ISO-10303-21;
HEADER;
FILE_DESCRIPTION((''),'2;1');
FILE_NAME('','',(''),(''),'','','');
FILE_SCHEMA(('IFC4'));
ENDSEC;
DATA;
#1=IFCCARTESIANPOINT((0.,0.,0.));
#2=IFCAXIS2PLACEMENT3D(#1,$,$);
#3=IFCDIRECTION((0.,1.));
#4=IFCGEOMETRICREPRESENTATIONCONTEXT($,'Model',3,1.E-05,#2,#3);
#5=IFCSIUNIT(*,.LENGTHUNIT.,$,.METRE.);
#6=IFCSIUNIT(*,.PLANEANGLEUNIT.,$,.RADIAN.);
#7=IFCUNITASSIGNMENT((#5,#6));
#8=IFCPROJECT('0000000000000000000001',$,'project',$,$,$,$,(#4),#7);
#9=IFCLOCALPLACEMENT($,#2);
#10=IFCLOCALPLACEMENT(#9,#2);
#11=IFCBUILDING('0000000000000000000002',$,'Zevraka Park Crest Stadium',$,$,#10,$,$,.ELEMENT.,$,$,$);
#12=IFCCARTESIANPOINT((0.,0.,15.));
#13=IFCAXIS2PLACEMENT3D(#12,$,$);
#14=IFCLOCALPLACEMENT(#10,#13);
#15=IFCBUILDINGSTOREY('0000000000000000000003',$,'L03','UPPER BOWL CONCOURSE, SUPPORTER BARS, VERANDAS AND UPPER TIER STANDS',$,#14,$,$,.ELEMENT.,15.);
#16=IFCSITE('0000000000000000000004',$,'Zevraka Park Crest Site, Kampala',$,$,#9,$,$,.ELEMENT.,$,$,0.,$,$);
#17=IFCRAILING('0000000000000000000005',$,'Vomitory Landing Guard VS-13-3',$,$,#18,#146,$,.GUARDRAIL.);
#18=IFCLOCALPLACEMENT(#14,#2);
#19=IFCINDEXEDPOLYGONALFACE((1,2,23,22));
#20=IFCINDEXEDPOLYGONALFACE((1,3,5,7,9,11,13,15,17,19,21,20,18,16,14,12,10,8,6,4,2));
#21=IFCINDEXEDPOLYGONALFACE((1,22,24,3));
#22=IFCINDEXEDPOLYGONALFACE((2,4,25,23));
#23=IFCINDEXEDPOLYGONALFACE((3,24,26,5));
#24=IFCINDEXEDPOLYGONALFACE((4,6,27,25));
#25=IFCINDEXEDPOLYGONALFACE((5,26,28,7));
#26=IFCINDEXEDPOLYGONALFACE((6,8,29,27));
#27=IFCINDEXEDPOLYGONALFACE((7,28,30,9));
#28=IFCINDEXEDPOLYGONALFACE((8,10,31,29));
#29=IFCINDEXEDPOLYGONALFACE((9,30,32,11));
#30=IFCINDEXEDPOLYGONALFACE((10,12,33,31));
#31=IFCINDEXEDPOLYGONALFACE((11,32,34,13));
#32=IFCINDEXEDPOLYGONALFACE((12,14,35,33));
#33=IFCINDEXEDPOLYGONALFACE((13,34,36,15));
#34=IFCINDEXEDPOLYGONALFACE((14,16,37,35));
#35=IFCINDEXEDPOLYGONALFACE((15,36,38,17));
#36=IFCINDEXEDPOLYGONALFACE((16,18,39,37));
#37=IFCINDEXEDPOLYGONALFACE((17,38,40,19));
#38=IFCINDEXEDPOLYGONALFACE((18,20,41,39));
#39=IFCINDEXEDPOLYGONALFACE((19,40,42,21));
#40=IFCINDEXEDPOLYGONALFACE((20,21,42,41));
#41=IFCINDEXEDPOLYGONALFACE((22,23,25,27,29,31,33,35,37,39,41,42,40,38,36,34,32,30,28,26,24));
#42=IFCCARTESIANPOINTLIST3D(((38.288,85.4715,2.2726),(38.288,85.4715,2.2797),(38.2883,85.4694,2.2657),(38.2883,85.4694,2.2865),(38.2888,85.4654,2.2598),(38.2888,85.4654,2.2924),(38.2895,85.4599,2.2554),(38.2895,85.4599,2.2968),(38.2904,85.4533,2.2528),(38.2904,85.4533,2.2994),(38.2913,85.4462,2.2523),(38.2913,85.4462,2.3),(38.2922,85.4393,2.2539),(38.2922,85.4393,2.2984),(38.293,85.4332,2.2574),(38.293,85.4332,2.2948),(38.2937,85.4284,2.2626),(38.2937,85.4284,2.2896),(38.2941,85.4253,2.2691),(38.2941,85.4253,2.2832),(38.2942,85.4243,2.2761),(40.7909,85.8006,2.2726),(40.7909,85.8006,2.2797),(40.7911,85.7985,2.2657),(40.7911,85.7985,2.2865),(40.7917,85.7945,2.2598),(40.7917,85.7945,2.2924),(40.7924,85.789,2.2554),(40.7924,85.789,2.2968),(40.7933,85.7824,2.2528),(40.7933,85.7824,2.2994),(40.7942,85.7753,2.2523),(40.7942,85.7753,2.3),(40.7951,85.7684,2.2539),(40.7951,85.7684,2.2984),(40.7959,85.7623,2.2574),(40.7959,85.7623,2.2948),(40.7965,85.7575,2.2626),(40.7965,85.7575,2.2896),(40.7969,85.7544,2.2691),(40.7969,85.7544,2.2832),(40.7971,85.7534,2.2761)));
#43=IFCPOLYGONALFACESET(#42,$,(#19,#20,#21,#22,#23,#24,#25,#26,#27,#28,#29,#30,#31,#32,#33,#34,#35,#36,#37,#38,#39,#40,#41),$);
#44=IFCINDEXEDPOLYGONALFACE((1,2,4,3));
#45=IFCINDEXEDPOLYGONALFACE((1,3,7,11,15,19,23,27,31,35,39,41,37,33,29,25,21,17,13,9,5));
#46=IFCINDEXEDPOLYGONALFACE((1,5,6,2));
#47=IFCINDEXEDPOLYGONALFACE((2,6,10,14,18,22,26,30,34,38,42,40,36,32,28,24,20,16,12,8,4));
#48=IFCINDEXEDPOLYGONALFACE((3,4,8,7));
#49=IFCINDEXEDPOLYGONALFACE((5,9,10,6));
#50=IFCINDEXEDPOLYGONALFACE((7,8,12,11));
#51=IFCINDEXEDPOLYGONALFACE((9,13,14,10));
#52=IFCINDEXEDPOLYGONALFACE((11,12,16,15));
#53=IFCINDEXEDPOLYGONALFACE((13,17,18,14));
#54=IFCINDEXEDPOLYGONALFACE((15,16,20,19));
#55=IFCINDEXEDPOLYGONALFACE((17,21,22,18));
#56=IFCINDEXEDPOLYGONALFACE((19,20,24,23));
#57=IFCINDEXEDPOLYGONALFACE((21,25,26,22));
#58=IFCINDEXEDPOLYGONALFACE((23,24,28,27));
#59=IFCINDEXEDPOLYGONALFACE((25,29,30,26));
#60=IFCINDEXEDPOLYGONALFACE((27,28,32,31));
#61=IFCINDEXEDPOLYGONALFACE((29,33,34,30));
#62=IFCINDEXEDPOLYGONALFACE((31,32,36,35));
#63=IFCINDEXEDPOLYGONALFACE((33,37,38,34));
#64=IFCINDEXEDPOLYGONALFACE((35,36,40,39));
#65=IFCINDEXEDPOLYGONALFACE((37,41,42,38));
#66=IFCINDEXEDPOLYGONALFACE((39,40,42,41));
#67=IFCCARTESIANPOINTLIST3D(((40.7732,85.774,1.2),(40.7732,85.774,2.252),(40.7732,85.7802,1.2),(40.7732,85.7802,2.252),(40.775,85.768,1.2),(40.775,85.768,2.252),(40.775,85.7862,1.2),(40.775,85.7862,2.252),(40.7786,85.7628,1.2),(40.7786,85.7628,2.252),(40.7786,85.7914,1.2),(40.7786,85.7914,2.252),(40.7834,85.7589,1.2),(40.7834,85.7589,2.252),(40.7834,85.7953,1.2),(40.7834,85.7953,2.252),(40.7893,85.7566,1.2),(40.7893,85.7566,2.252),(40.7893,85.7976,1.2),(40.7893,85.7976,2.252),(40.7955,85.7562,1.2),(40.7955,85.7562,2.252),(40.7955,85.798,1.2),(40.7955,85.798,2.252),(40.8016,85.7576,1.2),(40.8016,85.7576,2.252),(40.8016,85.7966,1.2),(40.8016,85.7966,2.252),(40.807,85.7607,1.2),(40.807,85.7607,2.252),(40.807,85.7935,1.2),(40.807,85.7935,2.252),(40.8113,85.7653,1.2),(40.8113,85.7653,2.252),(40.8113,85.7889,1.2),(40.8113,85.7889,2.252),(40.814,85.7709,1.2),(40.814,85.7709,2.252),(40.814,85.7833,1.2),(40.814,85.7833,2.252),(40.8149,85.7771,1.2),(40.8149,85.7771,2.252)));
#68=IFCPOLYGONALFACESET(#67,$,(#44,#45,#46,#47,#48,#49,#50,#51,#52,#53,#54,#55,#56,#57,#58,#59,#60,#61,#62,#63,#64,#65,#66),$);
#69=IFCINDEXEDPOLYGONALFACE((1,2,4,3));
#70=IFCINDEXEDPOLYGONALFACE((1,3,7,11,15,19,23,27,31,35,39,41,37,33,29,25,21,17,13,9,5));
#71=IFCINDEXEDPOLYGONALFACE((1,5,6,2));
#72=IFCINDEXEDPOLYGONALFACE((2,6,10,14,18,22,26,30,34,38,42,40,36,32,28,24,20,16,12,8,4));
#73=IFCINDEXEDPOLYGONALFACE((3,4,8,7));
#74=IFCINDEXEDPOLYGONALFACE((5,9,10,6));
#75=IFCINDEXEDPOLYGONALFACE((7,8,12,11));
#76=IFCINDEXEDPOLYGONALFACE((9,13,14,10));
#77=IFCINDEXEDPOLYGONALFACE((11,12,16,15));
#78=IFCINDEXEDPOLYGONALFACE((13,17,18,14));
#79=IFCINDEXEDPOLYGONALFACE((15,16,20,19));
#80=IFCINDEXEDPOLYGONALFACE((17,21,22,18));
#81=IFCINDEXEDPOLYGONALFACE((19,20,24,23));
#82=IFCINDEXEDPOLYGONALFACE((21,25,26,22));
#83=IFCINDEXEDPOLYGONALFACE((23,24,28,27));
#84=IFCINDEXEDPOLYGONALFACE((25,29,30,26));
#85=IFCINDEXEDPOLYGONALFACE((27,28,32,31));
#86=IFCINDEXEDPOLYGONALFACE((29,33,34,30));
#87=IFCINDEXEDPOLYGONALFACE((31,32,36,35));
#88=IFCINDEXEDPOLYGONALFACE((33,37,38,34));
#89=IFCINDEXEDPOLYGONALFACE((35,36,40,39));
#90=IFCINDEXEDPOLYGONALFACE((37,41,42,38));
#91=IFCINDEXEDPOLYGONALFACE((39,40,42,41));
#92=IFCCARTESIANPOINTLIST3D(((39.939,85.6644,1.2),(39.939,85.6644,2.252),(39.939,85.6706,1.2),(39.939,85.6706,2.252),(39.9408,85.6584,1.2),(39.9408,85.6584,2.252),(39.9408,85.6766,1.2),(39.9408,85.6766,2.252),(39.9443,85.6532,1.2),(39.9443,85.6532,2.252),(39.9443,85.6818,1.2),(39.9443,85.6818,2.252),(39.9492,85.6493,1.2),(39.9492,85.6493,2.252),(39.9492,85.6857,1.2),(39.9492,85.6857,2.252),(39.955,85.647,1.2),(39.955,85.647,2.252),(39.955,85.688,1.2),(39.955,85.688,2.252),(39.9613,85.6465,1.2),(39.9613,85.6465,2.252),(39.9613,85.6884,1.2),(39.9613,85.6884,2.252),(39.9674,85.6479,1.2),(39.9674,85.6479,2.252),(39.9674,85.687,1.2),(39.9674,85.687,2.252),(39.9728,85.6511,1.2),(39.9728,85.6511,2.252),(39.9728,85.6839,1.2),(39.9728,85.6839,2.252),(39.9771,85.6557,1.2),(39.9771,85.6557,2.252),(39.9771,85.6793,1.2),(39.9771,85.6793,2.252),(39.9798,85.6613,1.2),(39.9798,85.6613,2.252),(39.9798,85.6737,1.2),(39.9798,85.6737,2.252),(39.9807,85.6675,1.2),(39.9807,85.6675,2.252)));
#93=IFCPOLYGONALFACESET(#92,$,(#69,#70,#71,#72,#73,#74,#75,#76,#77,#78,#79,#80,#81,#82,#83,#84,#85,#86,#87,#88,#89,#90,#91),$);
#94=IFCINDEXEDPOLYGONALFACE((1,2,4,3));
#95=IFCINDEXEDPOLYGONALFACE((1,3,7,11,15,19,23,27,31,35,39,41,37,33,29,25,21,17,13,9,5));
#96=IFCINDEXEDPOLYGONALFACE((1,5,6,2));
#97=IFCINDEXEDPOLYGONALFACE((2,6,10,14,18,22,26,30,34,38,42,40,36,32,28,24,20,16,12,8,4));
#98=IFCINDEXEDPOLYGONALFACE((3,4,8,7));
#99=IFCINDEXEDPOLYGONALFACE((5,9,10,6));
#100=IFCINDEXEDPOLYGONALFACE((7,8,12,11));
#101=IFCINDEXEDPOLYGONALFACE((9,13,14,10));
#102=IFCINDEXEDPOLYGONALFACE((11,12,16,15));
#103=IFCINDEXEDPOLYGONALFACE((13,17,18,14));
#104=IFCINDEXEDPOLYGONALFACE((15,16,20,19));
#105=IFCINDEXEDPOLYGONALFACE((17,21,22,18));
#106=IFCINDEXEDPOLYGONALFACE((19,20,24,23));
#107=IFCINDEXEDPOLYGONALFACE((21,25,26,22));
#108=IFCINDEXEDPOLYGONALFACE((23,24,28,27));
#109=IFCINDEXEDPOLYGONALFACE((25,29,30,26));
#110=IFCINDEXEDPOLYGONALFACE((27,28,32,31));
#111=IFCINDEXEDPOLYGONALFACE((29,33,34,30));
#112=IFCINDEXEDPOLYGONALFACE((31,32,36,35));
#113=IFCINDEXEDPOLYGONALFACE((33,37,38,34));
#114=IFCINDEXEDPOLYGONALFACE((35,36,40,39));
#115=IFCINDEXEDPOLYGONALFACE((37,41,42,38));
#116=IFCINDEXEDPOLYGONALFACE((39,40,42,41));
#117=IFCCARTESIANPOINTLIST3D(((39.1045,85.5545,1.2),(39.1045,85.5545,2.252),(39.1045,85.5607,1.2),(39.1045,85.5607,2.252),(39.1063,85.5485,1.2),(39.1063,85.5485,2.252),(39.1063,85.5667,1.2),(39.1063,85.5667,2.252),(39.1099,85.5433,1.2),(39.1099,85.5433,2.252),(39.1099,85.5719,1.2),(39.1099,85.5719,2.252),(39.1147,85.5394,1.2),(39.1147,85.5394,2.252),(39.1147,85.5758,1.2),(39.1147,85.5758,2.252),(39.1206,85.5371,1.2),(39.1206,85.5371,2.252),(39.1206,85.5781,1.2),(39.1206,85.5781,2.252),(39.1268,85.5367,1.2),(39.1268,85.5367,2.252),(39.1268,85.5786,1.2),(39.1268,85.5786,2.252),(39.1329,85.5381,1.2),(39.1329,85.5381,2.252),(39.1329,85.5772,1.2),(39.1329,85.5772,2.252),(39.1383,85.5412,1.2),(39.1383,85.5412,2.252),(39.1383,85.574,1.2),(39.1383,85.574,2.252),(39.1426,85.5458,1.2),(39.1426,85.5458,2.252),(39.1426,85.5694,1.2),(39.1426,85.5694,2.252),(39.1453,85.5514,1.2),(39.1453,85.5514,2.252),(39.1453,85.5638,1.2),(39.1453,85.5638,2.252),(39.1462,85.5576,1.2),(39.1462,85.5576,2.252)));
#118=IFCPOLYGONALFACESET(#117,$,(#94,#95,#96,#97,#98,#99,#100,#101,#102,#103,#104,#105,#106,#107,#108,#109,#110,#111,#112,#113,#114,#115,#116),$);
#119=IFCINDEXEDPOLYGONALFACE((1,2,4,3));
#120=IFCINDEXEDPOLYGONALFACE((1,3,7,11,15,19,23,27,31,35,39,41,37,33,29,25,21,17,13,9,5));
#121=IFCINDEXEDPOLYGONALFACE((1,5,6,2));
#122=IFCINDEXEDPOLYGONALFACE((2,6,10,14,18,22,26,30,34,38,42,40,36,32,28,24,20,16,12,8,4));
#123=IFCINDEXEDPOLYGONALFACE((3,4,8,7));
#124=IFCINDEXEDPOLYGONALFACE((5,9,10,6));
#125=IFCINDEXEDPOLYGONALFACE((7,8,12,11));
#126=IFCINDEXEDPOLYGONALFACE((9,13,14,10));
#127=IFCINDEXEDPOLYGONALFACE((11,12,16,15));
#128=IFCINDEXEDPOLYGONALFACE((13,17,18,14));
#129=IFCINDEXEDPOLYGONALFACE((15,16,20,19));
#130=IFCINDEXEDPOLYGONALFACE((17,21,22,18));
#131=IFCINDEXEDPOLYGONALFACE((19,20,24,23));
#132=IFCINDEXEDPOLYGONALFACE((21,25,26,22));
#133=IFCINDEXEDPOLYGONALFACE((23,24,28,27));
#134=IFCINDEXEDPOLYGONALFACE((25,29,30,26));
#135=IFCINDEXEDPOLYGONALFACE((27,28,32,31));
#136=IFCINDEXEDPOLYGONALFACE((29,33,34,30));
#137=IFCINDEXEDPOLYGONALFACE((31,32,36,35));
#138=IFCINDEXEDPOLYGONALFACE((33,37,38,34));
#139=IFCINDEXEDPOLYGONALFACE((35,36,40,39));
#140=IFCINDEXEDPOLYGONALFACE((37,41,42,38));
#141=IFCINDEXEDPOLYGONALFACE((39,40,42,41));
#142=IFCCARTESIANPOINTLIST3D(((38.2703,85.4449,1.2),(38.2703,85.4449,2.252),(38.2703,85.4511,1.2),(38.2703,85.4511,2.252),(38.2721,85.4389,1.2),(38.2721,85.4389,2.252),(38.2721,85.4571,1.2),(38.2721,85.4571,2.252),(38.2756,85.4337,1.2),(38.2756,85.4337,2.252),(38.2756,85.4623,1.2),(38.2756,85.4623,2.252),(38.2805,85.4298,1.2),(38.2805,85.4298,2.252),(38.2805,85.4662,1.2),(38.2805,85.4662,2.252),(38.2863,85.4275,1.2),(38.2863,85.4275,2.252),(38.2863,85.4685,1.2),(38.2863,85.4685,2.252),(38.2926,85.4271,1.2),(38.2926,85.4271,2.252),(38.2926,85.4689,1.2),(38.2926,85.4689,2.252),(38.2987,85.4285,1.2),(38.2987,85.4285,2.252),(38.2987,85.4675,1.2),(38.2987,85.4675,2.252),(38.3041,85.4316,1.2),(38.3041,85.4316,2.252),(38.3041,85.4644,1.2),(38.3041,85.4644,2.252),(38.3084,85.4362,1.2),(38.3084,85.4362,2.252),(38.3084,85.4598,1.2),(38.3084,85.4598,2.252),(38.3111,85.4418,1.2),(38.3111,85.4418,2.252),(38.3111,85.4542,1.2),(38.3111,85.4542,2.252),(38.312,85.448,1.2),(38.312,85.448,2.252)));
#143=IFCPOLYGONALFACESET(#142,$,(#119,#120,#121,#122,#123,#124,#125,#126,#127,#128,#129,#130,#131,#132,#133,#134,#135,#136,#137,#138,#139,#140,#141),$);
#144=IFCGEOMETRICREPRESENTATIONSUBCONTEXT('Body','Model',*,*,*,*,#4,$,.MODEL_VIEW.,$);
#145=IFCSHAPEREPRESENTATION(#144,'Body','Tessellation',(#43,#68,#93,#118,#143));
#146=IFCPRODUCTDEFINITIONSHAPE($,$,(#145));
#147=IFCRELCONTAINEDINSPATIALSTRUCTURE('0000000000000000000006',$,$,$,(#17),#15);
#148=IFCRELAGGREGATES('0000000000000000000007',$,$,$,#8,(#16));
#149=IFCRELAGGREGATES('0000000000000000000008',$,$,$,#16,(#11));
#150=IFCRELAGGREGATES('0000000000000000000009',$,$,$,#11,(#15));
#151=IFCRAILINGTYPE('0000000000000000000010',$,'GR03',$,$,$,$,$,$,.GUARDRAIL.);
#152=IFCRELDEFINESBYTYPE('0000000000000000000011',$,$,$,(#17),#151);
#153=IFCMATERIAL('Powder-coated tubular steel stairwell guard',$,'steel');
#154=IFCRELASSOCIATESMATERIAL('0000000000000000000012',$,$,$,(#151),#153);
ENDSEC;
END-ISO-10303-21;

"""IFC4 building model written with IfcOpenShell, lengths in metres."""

from ifc_helpers import new_model, si_unit, direction, frame, origin, origin_2d, place, context, subcontext, project, spatial, circle, extrude, material, type_object, element, save


model = new_model("IFC4")

# Units and contexts
model_context = context("Model", 3, precision=1e-05, world=origin(), true_north=direction((0.0, 1.0)))
body_context = subcontext(model_context, "Body", "Model", "MODEL_VIEW")
ifc_project = project(units=[si_unit("LENGTHUNIT", "METRE"), si_unit("PLANEANGLEUNIT", "RADIAN")], contexts=[model_context])

# Site, building, storey
site_placement = place(None, origin())
site = spatial("IfcSite", under=ifc_project, at=site_placement, Name="Zevraka Park Crest Site, Kampala", CompositionType="ELEMENT", RefElevation=0.0)
building_placement = place(site_placement, origin())
building = spatial("IfcBuilding", under=site, at=building_placement, Name="Zevraka Park Crest Stadium", CompositionType="ELEMENT")
storey_placement = place(building_placement, frame((0.0, 0.0, 15.0)))
storey = spatial("IfcBuildingStorey", under=building, at=storey_placement, Name="L03", Description="UPPER BOWL CONCOURSE, SUPPORTER BARS, VERANDAS AND UPPER TIER STANDS", CompositionType="ELEMENT", Elevation=15.0)

# Railing
ifc_material_1 = material(Name="Powder-coated tubular steel stairwell guard", Category="steel")
railing_type_1 = type_object("IfcRailingType", Name="GR03", PredefinedType="GUARDRAIL", material=ifc_material_1)
railing_1_placement = place(storey_placement, frame((40.7939, 85.7771, 1.2)))
element("IfcRailing", 1, at=railing_1_placement, inside=storey, type_object=railing_type_1, Name="Vomitory Landing Guard VS-13-3", PredefinedType="GUARDRAIL", context=body_context, shape_type="SweptSolid", body=[
    extrude(circle(Radius=0.0239, at=origin_2d()), frame((0.0, 0.0, 1.0762), z_axis=(-0.991466, -0.130364, 0.0), x_axis=(0.130364, -0.991466, 0.0)), (0.0, 0.0, 1.0), 2.5244),
    extrude(circle(Radius=0.021, at=origin_2d()), origin(), (0.0, 0.0, 1.0), 1.052),
    extrude(circle(Radius=0.021, at=origin_2d()), frame((-0.8342, -0.1096, 0.0)), (0.0, 0.0, 1.0), 1.052),
    extrude(circle(Radius=0.021, at=origin_2d()), frame((-1.6687, -0.2195, 0.0)), (0.0, 0.0, 1.0), 1.052),
    extrude(circle(Radius=0.021, at=origin_2d()), frame((-2.5029, -0.3291, 0.0)), (0.0, 0.0, 1.0), 1.052),
])

save(model, "model.ifc")
